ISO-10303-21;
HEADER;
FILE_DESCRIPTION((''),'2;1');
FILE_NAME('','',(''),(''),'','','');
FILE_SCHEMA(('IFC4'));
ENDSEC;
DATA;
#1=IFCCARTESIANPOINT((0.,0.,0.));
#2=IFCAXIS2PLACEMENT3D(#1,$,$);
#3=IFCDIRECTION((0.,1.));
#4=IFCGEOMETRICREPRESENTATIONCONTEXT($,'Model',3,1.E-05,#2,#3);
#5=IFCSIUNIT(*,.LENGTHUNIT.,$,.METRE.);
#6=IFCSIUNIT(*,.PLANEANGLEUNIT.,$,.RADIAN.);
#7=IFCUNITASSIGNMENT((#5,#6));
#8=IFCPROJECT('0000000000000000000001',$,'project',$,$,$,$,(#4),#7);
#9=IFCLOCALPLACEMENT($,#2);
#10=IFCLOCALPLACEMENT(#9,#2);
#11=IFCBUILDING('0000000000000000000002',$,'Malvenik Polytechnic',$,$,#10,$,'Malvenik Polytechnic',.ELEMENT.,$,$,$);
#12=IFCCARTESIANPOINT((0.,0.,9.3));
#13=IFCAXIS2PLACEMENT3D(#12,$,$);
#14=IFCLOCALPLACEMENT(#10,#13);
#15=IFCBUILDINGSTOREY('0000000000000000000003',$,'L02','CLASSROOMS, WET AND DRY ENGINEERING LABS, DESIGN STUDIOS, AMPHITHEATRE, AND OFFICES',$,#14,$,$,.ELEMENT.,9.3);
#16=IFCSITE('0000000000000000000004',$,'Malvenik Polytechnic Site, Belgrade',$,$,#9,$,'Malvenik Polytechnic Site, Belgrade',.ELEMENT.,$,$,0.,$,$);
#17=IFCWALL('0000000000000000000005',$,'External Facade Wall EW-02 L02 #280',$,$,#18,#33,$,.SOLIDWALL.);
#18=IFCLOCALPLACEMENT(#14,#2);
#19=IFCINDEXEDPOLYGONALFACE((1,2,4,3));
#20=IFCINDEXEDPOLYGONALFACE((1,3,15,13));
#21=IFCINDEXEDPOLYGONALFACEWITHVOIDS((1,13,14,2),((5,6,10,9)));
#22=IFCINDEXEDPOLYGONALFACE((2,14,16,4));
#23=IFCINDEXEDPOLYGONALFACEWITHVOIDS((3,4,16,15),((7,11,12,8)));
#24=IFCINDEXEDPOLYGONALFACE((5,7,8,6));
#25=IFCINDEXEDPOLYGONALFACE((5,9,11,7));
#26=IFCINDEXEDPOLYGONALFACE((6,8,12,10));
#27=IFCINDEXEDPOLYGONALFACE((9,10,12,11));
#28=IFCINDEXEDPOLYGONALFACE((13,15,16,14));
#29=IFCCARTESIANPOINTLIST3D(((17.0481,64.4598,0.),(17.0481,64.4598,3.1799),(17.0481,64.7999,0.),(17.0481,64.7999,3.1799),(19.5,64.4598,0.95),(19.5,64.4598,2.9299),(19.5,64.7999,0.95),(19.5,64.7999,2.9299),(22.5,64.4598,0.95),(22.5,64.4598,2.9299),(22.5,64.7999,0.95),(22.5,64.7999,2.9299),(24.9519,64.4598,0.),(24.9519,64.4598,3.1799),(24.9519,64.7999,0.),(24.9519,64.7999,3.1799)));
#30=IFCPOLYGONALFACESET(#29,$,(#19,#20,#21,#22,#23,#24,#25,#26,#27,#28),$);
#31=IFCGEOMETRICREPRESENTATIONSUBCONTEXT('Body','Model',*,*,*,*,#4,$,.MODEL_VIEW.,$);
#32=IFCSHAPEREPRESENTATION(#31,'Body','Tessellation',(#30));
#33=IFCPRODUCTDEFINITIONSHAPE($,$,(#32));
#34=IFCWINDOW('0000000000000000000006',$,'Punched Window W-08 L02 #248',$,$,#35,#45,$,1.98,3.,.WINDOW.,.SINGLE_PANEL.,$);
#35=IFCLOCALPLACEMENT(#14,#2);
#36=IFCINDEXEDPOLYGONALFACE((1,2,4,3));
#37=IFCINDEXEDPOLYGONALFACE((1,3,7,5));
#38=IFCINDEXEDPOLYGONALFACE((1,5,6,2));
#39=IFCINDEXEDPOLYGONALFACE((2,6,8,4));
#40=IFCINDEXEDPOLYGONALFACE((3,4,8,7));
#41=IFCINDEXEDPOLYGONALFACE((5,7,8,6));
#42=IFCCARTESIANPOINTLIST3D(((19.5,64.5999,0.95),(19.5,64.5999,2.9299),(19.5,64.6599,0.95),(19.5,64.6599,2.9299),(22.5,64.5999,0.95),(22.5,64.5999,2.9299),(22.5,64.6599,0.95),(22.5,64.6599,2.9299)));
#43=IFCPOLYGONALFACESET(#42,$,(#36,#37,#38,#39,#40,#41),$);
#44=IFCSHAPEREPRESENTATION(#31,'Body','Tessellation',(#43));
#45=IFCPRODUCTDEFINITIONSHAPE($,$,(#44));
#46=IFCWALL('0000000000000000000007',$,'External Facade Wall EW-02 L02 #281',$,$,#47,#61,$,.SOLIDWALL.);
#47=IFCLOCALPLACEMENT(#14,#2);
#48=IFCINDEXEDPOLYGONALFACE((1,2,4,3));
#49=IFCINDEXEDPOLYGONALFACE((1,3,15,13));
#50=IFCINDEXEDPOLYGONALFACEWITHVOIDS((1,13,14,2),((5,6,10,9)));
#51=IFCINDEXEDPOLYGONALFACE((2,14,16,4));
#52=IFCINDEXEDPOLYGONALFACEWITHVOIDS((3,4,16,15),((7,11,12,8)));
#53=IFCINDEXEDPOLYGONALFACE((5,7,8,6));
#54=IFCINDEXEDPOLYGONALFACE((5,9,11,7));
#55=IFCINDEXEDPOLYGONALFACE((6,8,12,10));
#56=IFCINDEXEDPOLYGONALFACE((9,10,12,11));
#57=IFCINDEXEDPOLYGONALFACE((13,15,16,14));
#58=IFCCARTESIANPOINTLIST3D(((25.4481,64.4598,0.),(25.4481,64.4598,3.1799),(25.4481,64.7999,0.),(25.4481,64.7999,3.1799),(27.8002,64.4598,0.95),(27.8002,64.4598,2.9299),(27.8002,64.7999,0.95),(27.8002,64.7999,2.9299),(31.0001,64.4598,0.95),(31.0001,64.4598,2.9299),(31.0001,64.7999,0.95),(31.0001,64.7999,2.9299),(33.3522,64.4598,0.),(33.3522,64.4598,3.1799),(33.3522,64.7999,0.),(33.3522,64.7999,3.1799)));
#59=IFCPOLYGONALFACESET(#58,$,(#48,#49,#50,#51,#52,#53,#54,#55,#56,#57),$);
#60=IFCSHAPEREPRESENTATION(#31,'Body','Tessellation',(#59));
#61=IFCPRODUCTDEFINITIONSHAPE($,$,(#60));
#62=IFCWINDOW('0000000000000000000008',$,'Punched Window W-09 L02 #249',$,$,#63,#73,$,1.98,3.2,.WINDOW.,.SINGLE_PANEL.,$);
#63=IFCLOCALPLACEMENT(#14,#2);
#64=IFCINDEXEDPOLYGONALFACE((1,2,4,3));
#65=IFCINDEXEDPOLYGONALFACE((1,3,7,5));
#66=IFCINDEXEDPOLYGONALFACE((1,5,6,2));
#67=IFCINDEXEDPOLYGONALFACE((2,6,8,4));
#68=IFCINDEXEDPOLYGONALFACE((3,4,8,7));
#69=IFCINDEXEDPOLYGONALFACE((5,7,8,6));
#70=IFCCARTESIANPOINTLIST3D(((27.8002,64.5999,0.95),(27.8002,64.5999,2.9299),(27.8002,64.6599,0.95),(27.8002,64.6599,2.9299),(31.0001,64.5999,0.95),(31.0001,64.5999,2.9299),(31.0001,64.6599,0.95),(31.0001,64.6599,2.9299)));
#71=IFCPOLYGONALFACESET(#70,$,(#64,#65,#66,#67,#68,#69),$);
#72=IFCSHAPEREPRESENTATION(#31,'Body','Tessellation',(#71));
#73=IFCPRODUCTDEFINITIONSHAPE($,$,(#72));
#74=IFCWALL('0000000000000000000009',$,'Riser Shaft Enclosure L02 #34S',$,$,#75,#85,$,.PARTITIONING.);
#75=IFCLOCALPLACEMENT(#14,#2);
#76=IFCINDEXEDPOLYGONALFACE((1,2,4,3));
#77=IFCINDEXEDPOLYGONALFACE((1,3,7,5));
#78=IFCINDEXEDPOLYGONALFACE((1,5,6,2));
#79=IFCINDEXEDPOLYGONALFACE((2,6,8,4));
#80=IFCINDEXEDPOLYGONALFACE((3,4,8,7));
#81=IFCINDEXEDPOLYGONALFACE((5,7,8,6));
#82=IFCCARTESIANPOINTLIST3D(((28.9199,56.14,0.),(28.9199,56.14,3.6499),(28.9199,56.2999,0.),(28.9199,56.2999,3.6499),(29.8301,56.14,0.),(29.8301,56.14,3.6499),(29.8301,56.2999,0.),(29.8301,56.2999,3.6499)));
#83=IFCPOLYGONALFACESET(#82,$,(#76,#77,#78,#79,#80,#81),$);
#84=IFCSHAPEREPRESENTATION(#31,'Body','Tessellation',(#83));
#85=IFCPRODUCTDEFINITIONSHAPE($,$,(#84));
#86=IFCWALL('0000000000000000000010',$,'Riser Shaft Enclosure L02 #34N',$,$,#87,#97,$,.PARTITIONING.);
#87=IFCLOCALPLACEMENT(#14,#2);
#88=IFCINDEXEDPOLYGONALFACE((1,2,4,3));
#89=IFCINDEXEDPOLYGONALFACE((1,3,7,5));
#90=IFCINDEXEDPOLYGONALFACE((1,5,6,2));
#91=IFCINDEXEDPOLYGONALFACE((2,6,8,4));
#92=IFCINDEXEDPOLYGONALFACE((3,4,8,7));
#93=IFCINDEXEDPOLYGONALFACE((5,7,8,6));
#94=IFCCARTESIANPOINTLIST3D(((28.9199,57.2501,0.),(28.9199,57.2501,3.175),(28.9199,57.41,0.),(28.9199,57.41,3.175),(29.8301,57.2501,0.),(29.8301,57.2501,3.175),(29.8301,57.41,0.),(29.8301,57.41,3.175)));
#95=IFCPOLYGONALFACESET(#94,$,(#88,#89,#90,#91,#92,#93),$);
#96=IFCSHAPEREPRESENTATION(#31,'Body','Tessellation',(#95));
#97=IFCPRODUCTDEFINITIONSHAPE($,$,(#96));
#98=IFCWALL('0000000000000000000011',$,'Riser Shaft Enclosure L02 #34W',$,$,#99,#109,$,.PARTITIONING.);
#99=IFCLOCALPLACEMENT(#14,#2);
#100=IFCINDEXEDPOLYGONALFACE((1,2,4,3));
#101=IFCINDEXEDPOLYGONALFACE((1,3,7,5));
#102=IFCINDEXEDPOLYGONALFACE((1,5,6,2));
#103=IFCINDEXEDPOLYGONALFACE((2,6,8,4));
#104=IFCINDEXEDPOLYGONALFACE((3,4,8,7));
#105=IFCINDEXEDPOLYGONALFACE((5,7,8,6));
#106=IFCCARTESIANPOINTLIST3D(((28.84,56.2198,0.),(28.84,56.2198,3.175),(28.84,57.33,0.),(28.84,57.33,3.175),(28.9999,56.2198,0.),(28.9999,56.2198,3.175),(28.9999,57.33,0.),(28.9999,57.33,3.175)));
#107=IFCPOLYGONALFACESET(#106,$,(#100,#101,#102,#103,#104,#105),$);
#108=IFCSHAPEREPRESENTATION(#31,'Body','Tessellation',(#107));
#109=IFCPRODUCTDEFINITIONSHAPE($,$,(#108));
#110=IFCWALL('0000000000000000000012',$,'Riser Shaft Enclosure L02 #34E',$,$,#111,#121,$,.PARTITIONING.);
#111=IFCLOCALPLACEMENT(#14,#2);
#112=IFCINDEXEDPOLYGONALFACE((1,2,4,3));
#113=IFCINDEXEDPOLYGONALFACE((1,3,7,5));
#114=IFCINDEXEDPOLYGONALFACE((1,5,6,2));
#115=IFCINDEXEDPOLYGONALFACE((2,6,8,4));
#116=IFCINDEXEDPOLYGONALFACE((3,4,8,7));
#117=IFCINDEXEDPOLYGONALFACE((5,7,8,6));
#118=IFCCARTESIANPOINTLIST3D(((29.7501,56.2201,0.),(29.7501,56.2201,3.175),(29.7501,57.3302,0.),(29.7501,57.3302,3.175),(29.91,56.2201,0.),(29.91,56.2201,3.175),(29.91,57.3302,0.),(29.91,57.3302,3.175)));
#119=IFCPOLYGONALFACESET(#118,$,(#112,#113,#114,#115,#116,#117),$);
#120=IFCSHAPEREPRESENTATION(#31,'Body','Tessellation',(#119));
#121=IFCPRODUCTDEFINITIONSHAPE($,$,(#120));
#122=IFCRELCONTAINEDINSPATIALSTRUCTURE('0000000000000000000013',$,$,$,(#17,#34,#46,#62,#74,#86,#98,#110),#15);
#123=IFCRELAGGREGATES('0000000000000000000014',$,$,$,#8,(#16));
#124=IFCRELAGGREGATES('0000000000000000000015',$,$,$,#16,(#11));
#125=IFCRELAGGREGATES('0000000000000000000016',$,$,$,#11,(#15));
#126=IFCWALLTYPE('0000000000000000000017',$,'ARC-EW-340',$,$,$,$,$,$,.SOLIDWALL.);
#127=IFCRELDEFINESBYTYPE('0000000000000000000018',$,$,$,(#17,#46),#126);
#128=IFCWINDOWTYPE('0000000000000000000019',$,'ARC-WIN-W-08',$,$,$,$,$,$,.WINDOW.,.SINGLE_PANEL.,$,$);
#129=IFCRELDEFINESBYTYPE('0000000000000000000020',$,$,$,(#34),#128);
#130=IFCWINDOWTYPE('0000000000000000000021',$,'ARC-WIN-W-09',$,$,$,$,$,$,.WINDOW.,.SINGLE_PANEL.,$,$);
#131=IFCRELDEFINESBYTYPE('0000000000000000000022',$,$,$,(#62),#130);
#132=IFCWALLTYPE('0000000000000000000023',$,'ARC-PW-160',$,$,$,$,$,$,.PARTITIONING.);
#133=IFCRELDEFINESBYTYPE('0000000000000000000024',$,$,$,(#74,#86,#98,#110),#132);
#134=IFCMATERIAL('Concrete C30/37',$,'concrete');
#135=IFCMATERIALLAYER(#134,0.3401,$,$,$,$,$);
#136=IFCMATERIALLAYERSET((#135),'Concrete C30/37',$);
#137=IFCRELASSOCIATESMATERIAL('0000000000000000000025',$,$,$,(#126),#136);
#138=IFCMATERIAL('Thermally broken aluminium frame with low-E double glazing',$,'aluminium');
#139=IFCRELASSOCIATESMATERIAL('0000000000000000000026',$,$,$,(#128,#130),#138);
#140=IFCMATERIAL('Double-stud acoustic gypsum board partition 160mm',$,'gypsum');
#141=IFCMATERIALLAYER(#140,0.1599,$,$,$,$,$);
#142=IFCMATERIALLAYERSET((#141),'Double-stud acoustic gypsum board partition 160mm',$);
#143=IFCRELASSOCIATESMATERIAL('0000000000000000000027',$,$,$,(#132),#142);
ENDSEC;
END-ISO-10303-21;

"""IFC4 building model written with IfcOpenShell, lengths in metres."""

from ifc_helpers import new_model, si_unit, direction, frame, frame_2d, origin, place, context, subcontext, project, spatial, rectangle, extrude, material, layer, layer_set, type_object, element, fill, save


model = new_model("IFC4")

# Units and contexts
model_context = context("Model", 3, precision=1e-05, world=origin(), true_north=direction((0.0, 1.0)))
body_context = subcontext(model_context, "Body", "Model", "MODEL_VIEW")
ifc_project = project(units=[si_unit("LENGTHUNIT", "METRE"), si_unit("PLANEANGLEUNIT", "RADIAN")], contexts=[model_context])

# Site, building, storey
site_placement = place(None, origin())
site = spatial("IfcSite", under=ifc_project, at=site_placement, Name="Malvenik Polytechnic Site, Belgrade", LongName="Malvenik Polytechnic Site, Belgrade", CompositionType="ELEMENT", RefElevation=0.0)
building_placement = place(site_placement, origin())
building = spatial("IfcBuilding", under=site, at=building_placement, Name="Malvenik Polytechnic", LongName="Malvenik Polytechnic", CompositionType="ELEMENT")
storey_placement = place(building_placement, frame((0.0, 0.0, 9.3)))
storey = spatial("IfcBuildingStorey", under=building, at=storey_placement, Name="L02", Description="CLASSROOMS, WET AND DRY ENGINEERING LABS, DESIGN STUDIOS, AMPHITHEATRE, AND OFFICES", CompositionType="ELEMENT", Elevation=9.3)

# Shared definitions
ifc_material_1 = material(Name="Concrete C30/37", Category="concrete")

# Shared definitions
ifc_layer_1 = layer(ifc_material_1, 0.3401)
ifc_layer_set_1 = layer_set([ifc_layer_1], Name="Concrete C30/37")
wall_type_1 = type_object("IfcWallType", Name="ARC-EW-340", PredefinedType="SOLIDWALL", material=ifc_layer_set_1)
ifc_material_2 = material(Name="Thermally broken aluminium frame with low-E double glazing", Category="aluminium")

# Walls, openings, windows
wall_1_placement = place(storey_placement, frame((17.0481, 64.6299, 0.0), z_axis=(0.0, 0.0, 1.0), x_axis=(1.0, 0.0, 0.0)))
wall_1 = element("IfcWall", 1, at=wall_1_placement, inside=storey, type_object=wall_type_1, Name="External Facade Wall EW-02 L02 #280", PredefinedType="SOLIDWALL", context=body_context, shape_type="SweptSolid", body=[
    extrude(rectangle(XDim=7.9038, YDim=0.3401, at=frame_2d((3.9519, 0.0))), origin(), (0.0, 0.0, 1.0), 3.1799),
])
opening_1_placement = place(wall_1_placement, frame((2.4519, 0.0, 0.95)))
opening_1 = element("IfcOpeningElement", 2, at=opening_1_placement, cuts=wall_1, PredefinedType="OPENING", context=body_context, shape_type="SweptSolid", body=[
    extrude(rectangle(XDim=3.0, YDim=1.98, at=frame_2d((1.5, 0.99))), frame((0.0, 0.1802, 0.0), z_axis=(0.0, -1.0, 0.0), x_axis=(1.0, 0.0, 0.0)), (0.0, 0.0, 1.0), 0.3601),
])
window_type_1 = type_object("IfcWindowType", Name="ARC-WIN-W-08", PartitioningType="SINGLE_PANEL", PredefinedType="WINDOW", material=ifc_material_2)
window_1_placement = place(opening_1_placement, origin())
window_1 = element("IfcWindow", 3, at=window_1_placement, inside=storey, type_object=window_type_1, Name="Punched Window W-08 L02 #248", OverallHeight=1.98, OverallWidth=3.0, PartitioningType="SINGLE_PANEL", PredefinedType="WINDOW", context=body_context, shape_type="SweptSolid", body=[
    extrude(rectangle(XDim=3.0, YDim=1.98, at=frame_2d((1.5, 0.99))), frame((0.0, 0.03, 0.0), z_axis=(0.0, -1.0, 0.0), x_axis=(1.0, 0.0, 0.0)), (0.0, 0.0, 1.0), 0.0601),
])
fill(opening_1, window_1)
wall_2_placement = place(storey_placement, frame((25.448, 64.6299, 0.0), z_axis=(0.0, 0.0, 1.0), x_axis=(1.0, 0.0, 0.0)))
wall_2 = element("IfcWall", 4, at=wall_2_placement, inside=storey, type_object=wall_type_1, Name="External Facade Wall EW-02 L02 #281", PredefinedType="SOLIDWALL", context=body_context, shape_type="SweptSolid", body=[
    extrude(rectangle(XDim=7.9041, YDim=0.3401, at=frame_2d((3.9521, 0.0))), origin(), (0.0, 0.0, 1.0), 3.1799),
])
opening_2_placement = place(wall_2_placement, frame((2.3521, 0.0, 0.95)))
opening_2 = element("IfcOpeningElement", 5, at=opening_2_placement, cuts=wall_2, PredefinedType="OPENING", context=body_context, shape_type="SweptSolid", body=[
    extrude(rectangle(XDim=3.2, YDim=1.98, at=frame_2d((1.6001, 0.99))), frame((0.0, 0.1802, 0.0), z_axis=(0.0, -1.0, 0.0), x_axis=(1.0, 0.0, 0.0)), (0.0, 0.0, 1.0), 0.3601),
])
window_type_2 = type_object("IfcWindowType", Name="ARC-WIN-W-09", PartitioningType="SINGLE_PANEL", PredefinedType="WINDOW", material=ifc_material_2)
window_2_placement = place(opening_2_placement, origin())
window_2 = element("IfcWindow", 6, at=window_2_placement, inside=storey, type_object=window_type_2, Name="Punched Window W-09 L02 #249", OverallHeight=1.98, OverallWidth=3.2, PartitioningType="SINGLE_PANEL", PredefinedType="WINDOW", context=body_context, shape_type="SweptSolid", body=[
    extrude(rectangle(XDim=3.2, YDim=1.98, at=frame_2d((1.6001, 0.99))), frame((0.0, 0.03, 0.0), z_axis=(0.0, -1.0, 0.0), x_axis=(1.0, 0.0, 0.0)), (0.0, 0.0, 1.0), 0.0601),
])
fill(opening_2, window_2)

# Walls
ifc_material_3 = material(Name="Double-stud acoustic gypsum board partition 160mm", Category="gypsum")
ifc_layer_2 = layer(ifc_material_3, 0.1599)
ifc_layer_set_2 = layer_set([ifc_layer_2], Name="Double-stud acoustic gypsum board partition 160mm")
wall_type_2 = type_object("IfcWallType", Name="ARC-PW-160", PredefinedType="PARTITIONING", material=ifc_layer_set_2)
wall_3_placement = place(storey_placement, frame((28.9199, 56.22, 0.0), z_axis=(0.0, 0.0, 1.0), x_axis=(1.0, 0.0, 0.0)))
element("IfcWall", 7, at=wall_3_placement, inside=storey, type_object=wall_type_2, Name="Riser Shaft Enclosure L02 #34S", PredefinedType="PARTITIONING", context=body_context, shape_type="SweptSolid", body=[
    extrude(rectangle(XDim=0.9102, YDim=0.1599, at=frame_2d((0.4551, 0.0))), origin(), (0.0, 0.0, 1.0), 3.6499),
])
wall_4_placement = place(storey_placement, frame((29.8301, 57.3301, 0.0), z_axis=(0.0, 0.0, 1.0), x_axis=(-1.0, 0.0, 0.0)))
element("IfcWall", 8, at=wall_4_placement, inside=storey, type_object=wall_type_2, Name="Riser Shaft Enclosure L02 #34N", PredefinedType="PARTITIONING", context=body_context, shape_type="SweptSolid", body=[
    extrude(rectangle(XDim=0.9102, YDim=0.1599, at=frame_2d((0.4551, 0.0))), origin(), (0.0, 0.0, 1.0), 3.175),
])
for number, where, z_axis, x_axis, name in (
    (9, (28.9199, 57.3301, 0.0), (0.0, 0.0, 1.0), (0.0, -1.0, 0.0), "Riser Shaft Enclosure L02 #34W"),
    (10, (29.8301, 56.22, 0.0), (0.0, 0.0, 1.0), (0.0, 1.0, 0.0), "Riser Shaft Enclosure L02 #34E"),
):
    element("IfcWall", number, at=place(storey_placement, frame(where, z_axis=z_axis, x_axis=x_axis)), inside=storey, type_object=wall_type_2, Name=name, PredefinedType="PARTITIONING", context=body_context, shape_type="SweptSolid", body=[
        extrude(rectangle(XDim=1.1101, YDim=0.1599, at=frame_2d((0.5552, 0.0))), origin(), (0.0, 0.0, 1.0), 3.175),
    ])

save(model, "model.ifc")
